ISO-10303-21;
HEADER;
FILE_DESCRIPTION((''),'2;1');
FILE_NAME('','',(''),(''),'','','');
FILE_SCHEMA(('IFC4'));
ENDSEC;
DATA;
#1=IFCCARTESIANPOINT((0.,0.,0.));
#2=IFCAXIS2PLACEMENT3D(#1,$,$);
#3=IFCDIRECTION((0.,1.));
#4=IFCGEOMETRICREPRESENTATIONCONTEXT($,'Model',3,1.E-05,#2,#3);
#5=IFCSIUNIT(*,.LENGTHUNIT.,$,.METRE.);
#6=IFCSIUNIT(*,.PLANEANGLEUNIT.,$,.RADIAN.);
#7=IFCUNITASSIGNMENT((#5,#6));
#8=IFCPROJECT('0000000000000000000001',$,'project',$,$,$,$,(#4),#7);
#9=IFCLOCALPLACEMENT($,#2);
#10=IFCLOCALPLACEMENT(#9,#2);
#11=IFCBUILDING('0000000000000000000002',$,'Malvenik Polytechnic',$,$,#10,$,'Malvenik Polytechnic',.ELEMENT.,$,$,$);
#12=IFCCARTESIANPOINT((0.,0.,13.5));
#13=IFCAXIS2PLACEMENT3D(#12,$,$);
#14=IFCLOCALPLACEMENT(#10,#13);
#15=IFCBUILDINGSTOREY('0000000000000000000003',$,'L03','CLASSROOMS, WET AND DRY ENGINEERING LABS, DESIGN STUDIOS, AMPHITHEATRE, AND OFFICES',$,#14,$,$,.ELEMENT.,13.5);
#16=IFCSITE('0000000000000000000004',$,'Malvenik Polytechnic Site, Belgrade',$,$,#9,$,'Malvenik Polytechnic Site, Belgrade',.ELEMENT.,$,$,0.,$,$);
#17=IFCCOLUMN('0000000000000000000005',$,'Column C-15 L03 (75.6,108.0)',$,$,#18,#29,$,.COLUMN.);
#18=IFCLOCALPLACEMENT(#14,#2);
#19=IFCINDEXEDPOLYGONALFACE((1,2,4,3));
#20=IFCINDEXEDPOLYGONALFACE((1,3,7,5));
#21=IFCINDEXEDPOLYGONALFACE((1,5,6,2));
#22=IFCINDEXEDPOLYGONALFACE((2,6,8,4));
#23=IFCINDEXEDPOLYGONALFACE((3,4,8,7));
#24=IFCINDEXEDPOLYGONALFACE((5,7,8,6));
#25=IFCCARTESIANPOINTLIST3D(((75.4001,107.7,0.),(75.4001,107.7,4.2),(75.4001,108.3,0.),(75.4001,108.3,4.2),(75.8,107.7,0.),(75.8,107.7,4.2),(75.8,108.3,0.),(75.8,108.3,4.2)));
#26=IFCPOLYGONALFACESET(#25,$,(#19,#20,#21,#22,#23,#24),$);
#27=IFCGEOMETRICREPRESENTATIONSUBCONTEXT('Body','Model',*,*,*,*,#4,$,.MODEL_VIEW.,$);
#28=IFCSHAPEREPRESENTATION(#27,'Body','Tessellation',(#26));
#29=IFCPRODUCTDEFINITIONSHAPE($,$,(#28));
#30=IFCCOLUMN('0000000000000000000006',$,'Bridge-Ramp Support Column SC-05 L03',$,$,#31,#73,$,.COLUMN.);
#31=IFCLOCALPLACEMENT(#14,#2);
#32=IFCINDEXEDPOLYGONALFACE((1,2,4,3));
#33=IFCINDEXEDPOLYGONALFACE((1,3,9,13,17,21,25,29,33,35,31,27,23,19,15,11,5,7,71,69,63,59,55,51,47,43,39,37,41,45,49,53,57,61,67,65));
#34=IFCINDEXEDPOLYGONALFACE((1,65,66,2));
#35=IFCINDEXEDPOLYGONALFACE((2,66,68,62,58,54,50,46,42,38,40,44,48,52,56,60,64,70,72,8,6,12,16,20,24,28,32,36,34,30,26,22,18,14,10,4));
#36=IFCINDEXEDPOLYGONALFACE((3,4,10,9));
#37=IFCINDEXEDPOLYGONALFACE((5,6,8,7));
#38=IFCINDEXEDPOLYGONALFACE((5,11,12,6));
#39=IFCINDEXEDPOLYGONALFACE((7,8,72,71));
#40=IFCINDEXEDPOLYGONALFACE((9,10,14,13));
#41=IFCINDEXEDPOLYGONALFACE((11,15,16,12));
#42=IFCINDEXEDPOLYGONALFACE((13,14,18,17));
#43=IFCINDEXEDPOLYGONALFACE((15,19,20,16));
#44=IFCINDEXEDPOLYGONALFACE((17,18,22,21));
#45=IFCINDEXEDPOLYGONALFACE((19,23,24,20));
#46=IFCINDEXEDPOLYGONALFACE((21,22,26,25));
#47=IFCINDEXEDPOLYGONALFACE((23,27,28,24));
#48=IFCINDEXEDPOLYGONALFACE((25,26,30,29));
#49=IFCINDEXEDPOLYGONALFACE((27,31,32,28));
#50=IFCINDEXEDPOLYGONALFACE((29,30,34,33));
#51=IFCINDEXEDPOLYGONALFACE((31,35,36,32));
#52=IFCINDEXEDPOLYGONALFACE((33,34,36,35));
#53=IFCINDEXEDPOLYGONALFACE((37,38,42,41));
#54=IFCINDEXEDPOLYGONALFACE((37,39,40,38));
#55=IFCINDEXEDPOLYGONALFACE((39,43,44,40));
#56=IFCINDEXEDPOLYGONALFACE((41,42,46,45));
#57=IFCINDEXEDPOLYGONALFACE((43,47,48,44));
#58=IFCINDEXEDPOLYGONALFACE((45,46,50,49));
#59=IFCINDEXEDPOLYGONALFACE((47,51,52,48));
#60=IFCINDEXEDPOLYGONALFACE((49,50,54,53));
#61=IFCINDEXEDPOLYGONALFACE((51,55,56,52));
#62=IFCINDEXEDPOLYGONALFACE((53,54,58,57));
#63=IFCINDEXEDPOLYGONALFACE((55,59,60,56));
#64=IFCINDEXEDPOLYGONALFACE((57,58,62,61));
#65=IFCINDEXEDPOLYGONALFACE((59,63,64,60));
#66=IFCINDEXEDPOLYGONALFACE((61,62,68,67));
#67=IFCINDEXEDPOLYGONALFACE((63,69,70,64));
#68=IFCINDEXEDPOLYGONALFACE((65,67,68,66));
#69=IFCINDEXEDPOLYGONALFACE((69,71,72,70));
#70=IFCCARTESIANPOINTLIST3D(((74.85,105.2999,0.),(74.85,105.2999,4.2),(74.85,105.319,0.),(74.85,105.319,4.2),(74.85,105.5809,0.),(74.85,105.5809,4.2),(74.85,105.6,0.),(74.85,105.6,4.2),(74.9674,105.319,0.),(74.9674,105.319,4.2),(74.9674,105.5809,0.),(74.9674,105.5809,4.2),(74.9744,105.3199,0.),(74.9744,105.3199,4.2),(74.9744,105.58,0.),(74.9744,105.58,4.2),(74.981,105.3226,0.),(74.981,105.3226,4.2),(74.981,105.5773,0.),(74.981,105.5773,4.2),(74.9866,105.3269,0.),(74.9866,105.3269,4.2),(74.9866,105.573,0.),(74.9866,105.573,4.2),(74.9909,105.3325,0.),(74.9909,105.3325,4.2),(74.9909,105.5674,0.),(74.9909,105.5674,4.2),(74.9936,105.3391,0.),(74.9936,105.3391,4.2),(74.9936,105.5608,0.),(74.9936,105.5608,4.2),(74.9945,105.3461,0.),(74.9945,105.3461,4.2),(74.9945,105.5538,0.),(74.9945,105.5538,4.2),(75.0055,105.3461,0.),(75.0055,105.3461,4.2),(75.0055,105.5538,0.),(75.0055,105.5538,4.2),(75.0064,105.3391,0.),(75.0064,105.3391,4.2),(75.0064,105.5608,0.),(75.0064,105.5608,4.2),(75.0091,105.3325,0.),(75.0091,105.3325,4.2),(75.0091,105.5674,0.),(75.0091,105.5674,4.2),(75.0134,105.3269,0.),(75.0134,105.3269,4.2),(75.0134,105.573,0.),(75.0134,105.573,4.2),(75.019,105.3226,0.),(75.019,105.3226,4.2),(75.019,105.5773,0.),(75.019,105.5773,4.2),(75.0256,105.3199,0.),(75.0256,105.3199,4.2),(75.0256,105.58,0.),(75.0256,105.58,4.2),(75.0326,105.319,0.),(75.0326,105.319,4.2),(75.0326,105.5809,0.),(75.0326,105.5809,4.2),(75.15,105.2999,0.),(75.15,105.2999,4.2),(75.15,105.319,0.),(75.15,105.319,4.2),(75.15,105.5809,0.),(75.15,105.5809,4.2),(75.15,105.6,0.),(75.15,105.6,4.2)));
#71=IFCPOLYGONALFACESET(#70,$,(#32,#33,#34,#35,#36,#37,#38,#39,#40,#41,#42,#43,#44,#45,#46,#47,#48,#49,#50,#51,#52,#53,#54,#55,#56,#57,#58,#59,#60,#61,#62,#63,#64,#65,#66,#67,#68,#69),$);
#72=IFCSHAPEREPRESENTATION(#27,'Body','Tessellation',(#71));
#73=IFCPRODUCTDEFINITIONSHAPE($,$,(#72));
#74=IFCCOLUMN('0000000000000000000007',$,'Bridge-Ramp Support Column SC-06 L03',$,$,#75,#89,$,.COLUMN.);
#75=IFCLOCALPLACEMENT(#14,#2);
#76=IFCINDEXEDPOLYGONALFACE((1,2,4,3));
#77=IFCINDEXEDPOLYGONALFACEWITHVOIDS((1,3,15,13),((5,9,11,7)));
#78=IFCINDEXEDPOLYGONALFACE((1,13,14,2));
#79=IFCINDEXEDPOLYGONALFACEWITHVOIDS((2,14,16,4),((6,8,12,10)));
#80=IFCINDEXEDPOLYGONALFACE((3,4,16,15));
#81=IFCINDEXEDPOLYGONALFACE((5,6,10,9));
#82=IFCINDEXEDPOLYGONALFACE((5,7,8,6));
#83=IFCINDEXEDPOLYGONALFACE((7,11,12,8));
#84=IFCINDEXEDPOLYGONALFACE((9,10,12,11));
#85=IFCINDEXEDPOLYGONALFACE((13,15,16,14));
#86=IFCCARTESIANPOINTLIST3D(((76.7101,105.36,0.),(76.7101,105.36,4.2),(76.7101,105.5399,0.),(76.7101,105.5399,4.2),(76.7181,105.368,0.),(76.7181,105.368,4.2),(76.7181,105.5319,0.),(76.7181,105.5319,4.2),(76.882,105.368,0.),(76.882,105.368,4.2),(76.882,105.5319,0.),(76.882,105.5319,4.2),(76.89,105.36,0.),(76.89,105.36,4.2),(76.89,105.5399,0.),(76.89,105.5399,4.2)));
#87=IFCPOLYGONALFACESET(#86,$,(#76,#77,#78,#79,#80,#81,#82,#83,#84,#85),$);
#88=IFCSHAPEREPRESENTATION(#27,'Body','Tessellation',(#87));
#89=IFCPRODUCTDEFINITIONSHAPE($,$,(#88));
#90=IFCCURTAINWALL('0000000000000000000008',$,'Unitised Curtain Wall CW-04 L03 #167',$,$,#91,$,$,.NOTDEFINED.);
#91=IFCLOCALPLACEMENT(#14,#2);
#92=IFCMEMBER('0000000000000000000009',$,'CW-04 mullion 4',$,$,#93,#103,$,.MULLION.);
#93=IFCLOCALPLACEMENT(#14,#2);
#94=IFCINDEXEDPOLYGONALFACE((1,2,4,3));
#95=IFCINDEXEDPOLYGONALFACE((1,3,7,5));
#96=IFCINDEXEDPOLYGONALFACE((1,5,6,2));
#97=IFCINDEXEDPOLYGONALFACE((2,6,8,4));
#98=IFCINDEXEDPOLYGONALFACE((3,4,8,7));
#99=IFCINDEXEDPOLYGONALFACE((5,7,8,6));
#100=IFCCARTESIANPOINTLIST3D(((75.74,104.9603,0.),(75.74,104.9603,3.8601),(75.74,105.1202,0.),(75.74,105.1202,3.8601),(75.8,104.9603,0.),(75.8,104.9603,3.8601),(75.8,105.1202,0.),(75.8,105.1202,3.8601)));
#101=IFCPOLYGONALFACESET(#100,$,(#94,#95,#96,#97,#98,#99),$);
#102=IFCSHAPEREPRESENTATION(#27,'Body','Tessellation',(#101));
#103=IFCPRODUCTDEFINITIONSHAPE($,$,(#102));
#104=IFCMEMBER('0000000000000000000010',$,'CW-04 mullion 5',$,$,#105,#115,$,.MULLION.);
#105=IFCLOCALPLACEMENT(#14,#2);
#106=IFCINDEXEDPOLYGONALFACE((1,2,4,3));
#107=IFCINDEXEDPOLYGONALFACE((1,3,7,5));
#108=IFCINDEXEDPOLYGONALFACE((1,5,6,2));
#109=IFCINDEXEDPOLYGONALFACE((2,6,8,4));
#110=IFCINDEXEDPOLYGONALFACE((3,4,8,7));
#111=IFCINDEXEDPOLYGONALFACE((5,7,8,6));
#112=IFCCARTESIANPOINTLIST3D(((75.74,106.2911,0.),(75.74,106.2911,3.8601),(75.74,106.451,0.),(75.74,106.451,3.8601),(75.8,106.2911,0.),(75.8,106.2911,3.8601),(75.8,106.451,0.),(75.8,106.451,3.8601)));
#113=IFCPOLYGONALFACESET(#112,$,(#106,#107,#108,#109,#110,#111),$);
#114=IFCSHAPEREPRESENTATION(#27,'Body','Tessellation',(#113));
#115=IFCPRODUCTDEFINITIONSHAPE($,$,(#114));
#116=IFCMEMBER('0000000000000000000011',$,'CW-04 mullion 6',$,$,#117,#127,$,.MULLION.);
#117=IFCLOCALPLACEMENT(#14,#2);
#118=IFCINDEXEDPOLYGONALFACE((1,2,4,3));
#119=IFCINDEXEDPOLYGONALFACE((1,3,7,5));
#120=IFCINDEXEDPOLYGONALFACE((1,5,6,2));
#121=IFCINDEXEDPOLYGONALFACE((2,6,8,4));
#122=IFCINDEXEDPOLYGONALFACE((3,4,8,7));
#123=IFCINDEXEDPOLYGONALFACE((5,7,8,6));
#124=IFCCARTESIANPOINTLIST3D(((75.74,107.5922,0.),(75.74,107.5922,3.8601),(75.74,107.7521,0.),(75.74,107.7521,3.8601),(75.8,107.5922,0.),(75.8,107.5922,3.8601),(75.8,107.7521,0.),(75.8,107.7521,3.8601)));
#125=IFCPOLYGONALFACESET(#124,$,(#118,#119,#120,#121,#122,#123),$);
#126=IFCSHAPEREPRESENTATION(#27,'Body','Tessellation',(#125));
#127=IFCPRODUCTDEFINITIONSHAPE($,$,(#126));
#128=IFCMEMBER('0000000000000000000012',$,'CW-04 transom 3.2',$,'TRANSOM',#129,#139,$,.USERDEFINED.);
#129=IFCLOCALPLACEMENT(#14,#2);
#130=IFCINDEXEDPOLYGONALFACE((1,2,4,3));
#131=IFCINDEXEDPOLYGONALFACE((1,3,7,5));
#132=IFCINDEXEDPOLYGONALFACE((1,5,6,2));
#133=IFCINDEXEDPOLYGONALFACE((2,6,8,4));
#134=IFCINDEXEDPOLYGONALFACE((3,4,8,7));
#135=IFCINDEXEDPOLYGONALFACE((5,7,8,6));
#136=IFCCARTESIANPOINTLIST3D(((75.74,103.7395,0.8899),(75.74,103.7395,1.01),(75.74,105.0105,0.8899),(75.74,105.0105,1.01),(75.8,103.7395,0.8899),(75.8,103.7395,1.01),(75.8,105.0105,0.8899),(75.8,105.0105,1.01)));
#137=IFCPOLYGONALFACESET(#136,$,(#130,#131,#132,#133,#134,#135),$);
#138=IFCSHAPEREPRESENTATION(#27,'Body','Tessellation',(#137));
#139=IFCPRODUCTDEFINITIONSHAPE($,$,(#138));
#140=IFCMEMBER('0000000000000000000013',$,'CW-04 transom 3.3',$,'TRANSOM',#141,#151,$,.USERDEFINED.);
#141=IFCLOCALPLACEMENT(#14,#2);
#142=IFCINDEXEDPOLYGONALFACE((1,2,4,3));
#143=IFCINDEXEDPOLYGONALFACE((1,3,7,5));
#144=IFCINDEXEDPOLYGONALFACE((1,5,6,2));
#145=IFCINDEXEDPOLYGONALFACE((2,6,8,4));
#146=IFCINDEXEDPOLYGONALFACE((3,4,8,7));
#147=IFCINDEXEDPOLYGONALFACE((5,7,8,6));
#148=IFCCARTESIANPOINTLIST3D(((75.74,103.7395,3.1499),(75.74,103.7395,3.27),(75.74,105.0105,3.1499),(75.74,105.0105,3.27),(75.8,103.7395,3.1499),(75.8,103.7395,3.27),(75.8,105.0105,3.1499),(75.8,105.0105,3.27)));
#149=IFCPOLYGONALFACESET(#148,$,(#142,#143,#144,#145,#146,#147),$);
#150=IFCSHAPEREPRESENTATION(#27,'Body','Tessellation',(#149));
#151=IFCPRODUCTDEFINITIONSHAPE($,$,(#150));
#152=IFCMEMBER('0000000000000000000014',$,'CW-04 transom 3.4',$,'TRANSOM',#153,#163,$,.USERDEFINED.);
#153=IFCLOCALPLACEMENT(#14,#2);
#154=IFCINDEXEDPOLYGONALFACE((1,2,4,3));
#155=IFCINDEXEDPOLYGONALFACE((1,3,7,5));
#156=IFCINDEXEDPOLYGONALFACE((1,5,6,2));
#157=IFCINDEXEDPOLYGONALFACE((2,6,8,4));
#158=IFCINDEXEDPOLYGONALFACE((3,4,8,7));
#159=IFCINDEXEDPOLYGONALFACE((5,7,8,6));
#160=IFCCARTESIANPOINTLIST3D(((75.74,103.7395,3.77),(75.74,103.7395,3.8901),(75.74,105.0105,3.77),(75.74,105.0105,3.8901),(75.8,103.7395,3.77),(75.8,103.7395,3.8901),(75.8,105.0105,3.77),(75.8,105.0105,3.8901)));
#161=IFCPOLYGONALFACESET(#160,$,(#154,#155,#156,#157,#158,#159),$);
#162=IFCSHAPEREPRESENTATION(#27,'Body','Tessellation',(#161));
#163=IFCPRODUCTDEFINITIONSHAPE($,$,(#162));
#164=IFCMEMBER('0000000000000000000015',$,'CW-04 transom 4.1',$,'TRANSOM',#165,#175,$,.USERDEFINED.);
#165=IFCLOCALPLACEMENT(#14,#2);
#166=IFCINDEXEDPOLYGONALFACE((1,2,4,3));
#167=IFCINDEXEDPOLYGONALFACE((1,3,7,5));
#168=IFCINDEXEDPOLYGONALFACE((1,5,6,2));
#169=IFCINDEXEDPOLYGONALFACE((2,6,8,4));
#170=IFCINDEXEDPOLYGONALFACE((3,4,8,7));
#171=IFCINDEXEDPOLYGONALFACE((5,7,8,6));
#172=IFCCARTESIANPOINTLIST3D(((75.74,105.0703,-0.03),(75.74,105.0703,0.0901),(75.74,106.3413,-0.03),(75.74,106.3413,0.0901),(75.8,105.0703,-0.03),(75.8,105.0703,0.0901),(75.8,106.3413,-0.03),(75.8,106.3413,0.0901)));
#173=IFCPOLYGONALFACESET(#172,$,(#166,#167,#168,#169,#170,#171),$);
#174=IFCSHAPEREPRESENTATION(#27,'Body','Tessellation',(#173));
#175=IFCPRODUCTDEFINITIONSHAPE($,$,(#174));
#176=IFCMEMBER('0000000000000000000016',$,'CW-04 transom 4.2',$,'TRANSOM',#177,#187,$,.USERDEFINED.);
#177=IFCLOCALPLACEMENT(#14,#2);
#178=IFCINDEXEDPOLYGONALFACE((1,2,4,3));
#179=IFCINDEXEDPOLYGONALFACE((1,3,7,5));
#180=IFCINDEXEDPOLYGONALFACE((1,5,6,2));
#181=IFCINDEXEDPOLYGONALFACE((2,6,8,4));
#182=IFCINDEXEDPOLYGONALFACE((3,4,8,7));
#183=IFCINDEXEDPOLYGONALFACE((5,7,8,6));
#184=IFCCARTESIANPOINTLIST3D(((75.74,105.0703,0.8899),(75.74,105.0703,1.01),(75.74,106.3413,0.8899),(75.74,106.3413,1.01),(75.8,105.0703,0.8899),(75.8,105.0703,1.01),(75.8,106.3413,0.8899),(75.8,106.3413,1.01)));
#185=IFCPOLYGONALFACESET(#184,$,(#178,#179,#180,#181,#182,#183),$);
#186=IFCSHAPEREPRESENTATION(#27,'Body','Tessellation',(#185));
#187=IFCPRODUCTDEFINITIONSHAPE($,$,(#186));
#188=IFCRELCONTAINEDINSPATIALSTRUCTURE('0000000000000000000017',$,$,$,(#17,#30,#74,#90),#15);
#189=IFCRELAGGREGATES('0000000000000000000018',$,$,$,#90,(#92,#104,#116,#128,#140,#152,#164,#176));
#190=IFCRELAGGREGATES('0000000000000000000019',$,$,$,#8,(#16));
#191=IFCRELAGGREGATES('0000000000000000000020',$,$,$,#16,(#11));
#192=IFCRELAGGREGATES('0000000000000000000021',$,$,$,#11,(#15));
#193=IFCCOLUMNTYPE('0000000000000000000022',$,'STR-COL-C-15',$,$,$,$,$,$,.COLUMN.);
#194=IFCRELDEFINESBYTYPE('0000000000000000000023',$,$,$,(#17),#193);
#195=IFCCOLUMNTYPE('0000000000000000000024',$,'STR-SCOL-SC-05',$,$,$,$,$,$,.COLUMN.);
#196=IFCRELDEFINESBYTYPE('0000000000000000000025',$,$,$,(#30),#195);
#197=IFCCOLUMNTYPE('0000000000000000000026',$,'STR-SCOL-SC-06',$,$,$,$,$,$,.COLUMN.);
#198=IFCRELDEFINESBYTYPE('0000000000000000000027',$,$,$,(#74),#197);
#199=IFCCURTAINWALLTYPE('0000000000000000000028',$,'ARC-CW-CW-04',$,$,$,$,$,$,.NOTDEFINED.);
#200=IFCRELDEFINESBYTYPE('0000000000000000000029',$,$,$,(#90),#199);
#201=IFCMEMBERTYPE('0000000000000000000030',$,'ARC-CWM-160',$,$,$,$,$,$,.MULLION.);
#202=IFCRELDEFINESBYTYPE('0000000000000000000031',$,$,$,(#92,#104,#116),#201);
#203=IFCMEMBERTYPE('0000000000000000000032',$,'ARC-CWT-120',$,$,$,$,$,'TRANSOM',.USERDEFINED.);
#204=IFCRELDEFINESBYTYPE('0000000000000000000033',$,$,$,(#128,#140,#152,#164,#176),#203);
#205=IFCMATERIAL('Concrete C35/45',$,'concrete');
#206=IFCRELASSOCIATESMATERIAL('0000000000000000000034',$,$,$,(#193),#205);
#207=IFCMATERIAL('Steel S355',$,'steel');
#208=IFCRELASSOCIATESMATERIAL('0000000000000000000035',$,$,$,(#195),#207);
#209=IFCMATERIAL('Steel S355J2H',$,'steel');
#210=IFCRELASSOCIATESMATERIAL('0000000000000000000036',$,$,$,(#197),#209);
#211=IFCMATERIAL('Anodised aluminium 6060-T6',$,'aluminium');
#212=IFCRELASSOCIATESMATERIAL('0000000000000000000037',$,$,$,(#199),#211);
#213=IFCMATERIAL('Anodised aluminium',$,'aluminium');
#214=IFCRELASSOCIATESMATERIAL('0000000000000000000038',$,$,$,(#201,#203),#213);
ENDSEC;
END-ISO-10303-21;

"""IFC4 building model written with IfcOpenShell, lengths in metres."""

from ifc_helpers import new_model, si_unit, direction, frame, origin, origin_2d, place, context, subcontext, project, spatial, rectangle, hollow_rectangle, i_section, extrude, material, material_profile, profile_set, type_object, element, aggregate, save


model = new_model("IFC4")

# Units and contexts
model_context = context("Model", 3, precision=1e-05, world=origin(), true_north=direction((0.0, 1.0)))
body_context = subcontext(model_context, "Body", "Model", "MODEL_VIEW")
ifc_project = project(units=[si_unit("LENGTHUNIT", "METRE"), si_unit("PLANEANGLEUNIT", "RADIAN")], contexts=[model_context])

# Site, building, storey
site_placement = place(None, origin())
site = spatial("IfcSite", under=ifc_project, at=site_placement, Name="Malvenik Polytechnic Site, Belgrade", LongName="Malvenik Polytechnic Site, Belgrade", CompositionType="ELEMENT", RefElevation=0.0)
building_placement = place(site_placement, origin())
building = spatial("IfcBuilding", under=site, at=building_placement, Name="Malvenik Polytechnic", LongName="Malvenik Polytechnic", CompositionType="ELEMENT")
storey_placement = place(building_placement, frame((0.0, 0.0, 13.5)))
storey = spatial("IfcBuildingStorey", under=building, at=storey_placement, Name="L03", Description="CLASSROOMS, WET AND DRY ENGINEERING LABS, DESIGN STUDIOS, AMPHITHEATRE, AND OFFICES", CompositionType="ELEMENT", Elevation=13.5)

# Columns
ifc_material_1 = material(Name="Concrete C35/45", Category="concrete")
ifc_material_profile_1 = material_profile(ifc_material_1, rectangle(XDim=0.3999, YDim=0.6001, at=origin_2d()), Name="RC COL 600x400")
ifc_profile_set_1 = profile_set([ifc_material_profile_1], Name="Concrete C35/45")
column_type_1 = type_object("IfcColumnType", Name="STR-COL-C-15", PredefinedType="COLUMN", material=ifc_profile_set_1)
column_1_placement = place(storey_placement, frame((75.6001, 108.0, 0.0), z_axis=(0.0, 0.0, 1.0), x_axis=(1.0, 0.0, 0.0)))
element("IfcColumn", 1, at=column_1_placement, inside=storey, type_object=column_type_1, Name="Column C-15 L03 (75.6,108.0)", PredefinedType="COLUMN", context=body_context, shape_type="SweptSolid", body=[
    extrude(rectangle(XDim=0.3999, YDim=0.6001, at=origin_2d()), origin(), (0.0, 0.0, 1.0), 4.2),
])
ifc_material_2 = material(Name="Steel S355", Category="steel")
ifc_material_profile_2 = material_profile(ifc_material_2, i_section(OverallWidth=0.3, OverallDepth=0.3, WebThickness=0.011, FlangeThickness=0.019, FilletRadius=0.0271, at=origin_2d()), Name="HEB 300")
ifc_profile_set_2 = profile_set([ifc_material_profile_2], Name="Steel S355")
column_type_2 = type_object("IfcColumnType", Name="STR-SCOL-SC-05", PredefinedType="COLUMN", material=ifc_profile_set_2)
column_2_placement = place(storey_placement, frame((75.0, 105.45, 0.0), z_axis=(0.0, 0.0, 1.0), x_axis=(1.0, 0.0, 0.0)))
element("IfcColumn", 2, at=column_2_placement, inside=storey, type_object=column_type_2, Name="Bridge-Ramp Support Column SC-05 L03", PredefinedType="COLUMN", context=body_context, shape_type="SweptSolid", body=[
    extrude(i_section(OverallWidth=0.3, OverallDepth=0.3, WebThickness=0.011, FlangeThickness=0.019, FilletRadius=0.0271, at=origin_2d()), origin(), (0.0, 0.0, 1.0), 4.2),
])
ifc_material_3 = material(Name="Steel S355J2H", Category="steel")
ifc_material_profile_3 = material_profile(ifc_material_3, hollow_rectangle(XDim=0.1799, YDim=0.1799, WallThickness=0.0081, at=origin_2d()), Name="SHS 180x180x8.0")
ifc_profile_set_3 = profile_set([ifc_material_profile_3], Name="Steel S355J2H")
column_type_3 = type_object("IfcColumnType", Name="STR-SCOL-SC-06", PredefinedType="COLUMN", material=ifc_profile_set_3)
column_3_placement = place(storey_placement, frame((76.8, 105.45, 0.0), z_axis=(0.0, 0.0, 1.0), x_axis=(1.0, 0.0, 0.0)))
element("IfcColumn", 3, at=column_3_placement, inside=storey, type_object=column_type_3, Name="Bridge-Ramp Support Column SC-06 L03", PredefinedType="COLUMN", context=body_context, shape_type="SweptSolid", body=[
    extrude(hollow_rectangle(XDim=0.1799, YDim=0.1799, WallThickness=0.0081, at=origin_2d()), origin(), (0.0, 0.0, 1.0), 4.2),
])

# Curtain wall, members
ifc_material_4 = material(Name="Anodised aluminium 6060-T6", Category="aluminium")
curtain_wall_type = type_object("IfcCurtainWallType", Name="ARC-CW-CW-04", PredefinedType="NOTDEFINED", material=ifc_material_4)
curtain_wall_placement = place(storey_placement, origin())
curtain_wall = element("IfcCurtainWall", 4, at=curtain_wall_placement, inside=storey, type_object=curtain_wall_type, Name="Unitised Curtain Wall CW-04 L03 #167", PredefinedType="NOTDEFINED")
ifc_material_5 = material(Name="Anodised aluminium", Category="aluminium")
ifc_material_profile_4 = material_profile(ifc_material_5, rectangle(XDim=0.0601, YDim=0.1599, at=origin_2d()), Name="ALU MULLION 60x160")
ifc_profile_set_4 = profile_set([ifc_material_profile_4], Name="Anodised aluminium")
member_type_1 = type_object("IfcMemberType", Name="ARC-CWM-160", PredefinedType="MULLION", material=ifc_profile_set_4)
member_1_placement = place(storey_placement, frame((75.77, 105.0403, 0.0), z_axis=(0.0, 0.0, 1.0), x_axis=(-1.0, 0.0, 0.0)))
member_1 = element("IfcMember", 5, at=member_1_placement, type_object=member_type_1, Name="CW-04 mullion 4", PredefinedType="MULLION", context=body_context, shape_type="SweptSolid", body=[
    extrude(rectangle(XDim=0.0601, YDim=0.1599, at=origin_2d()), origin(), (0.0, 0.0, 1.0), 3.8601),
])
member_2_placement = place(storey_placement, frame((75.77, 106.3711, 0.0), z_axis=(0.0, 0.0, 1.0), x_axis=(-1.0, 0.0, 0.0)))
member_2 = element("IfcMember", 6, at=member_2_placement, type_object=member_type_1, Name="CW-04 mullion 5", PredefinedType="MULLION", context=body_context, shape_type="SweptSolid", body=[
    extrude(rectangle(XDim=0.0601, YDim=0.1599, at=origin_2d()), origin(), (0.0, 0.0, 1.0), 3.8601),
])
member_3_placement = place(storey_placement, frame((75.77, 107.6721, 0.0), z_axis=(0.0, 0.0, 1.0), x_axis=(-1.0, 0.0, 0.0)))
member_3 = element("IfcMember", 7, at=member_3_placement, type_object=member_type_1, Name="CW-04 mullion 6", PredefinedType="MULLION", context=body_context, shape_type="SweptSolid", body=[
    extrude(rectangle(XDim=0.0601, YDim=0.1599, at=origin_2d()), origin(), (0.0, 0.0, 1.0), 3.8601),
])
ifc_material_profile_5 = material_profile(ifc_material_5, rectangle(XDim=0.0601, YDim=0.1201, at=origin_2d()), Name="ALU TRANSOM 60x120")
ifc_profile_set_5 = profile_set([ifc_material_profile_5], Name="Anodised aluminium")
member_type_2 = type_object("IfcMemberType", Name="ARC-CWT-120", ElementType="TRANSOM", PredefinedType="USERDEFINED", material=ifc_profile_set_5)
member_4_placement = place(storey_placement, frame((75.77, 103.7395, 0.95), z_axis=(0.0, 1.0, 0.0), x_axis=(-1.0, 0.0, 0.0)))
member_4 = element("IfcMember", 8, at=member_4_placement, type_object=member_type_2, Name="CW-04 transom 3.2", ObjectType="TRANSOM", PredefinedType="USERDEFINED", context=body_context, shape_type="SweptSolid", body=[
    extrude(rectangle(XDim=0.0601, YDim=0.1201, at=origin_2d()), origin(), (0.0, 0.0, 1.0), 1.271),
])
member_5_placement = place(storey_placement, frame((75.77, 103.7395, 3.21), z_axis=(0.0, 1.0, 0.0), x_axis=(-1.0, 0.0, 0.0)))
member_5 = element("IfcMember", 9, at=member_5_placement, type_object=member_type_2, Name="CW-04 transom 3.3", ObjectType="TRANSOM", PredefinedType="USERDEFINED", context=body_context, shape_type="SweptSolid", body=[
    extrude(rectangle(XDim=0.0601, YDim=0.1201, at=origin_2d()), origin(), (0.0, 0.0, 1.0), 1.271),
])
member_6_placement = place(storey_placement, frame((75.77, 103.7395, 3.8301), z_axis=(0.0, 1.0, 0.0), x_axis=(-1.0, 0.0, 0.0)))
member_6 = element("IfcMember", 10, at=member_6_placement, type_object=member_type_2, Name="CW-04 transom 3.4", ObjectType="TRANSOM", PredefinedType="USERDEFINED", context=body_context, shape_type="SweptSolid", body=[
    extrude(rectangle(XDim=0.0601, YDim=0.1201, at=origin_2d()), origin(), (0.0, 0.0, 1.0), 1.271),
])
member_7_placement = place(storey_placement, frame((75.77, 105.0703, 0.03), z_axis=(0.0, 1.0, 0.0), x_axis=(-1.0, 0.0, 0.0)))
member_7 = element("IfcMember", 11, at=member_7_placement, type_object=member_type_2, Name="CW-04 transom 4.1", ObjectType="TRANSOM", PredefinedType="USERDEFINED", context=body_context, shape_type="SweptSolid", body=[
    extrude(rectangle(XDim=0.0601, YDim=0.1201, at=origin_2d()), origin(), (0.0, 0.0, 1.0), 1.271),
])
member_8_placement = place(storey_placement, frame((75.77, 105.0703, 0.95), z_axis=(0.0, 1.0, 0.0), x_axis=(-1.0, 0.0, 0.0)))
member_8 = element("IfcMember", 12, at=member_8_placement, type_object=member_type_2, Name="CW-04 transom 4.2", ObjectType="TRANSOM", PredefinedType="USERDEFINED", context=body_context, shape_type="SweptSolid", body=[
    extrude(rectangle(XDim=0.0601, YDim=0.1201, at=origin_2d()), origin(), (0.0, 0.0, 1.0), 1.271),
])
aggregate(curtain_wall, [member_1, member_2, member_3, member_4, member_5, member_6, member_7, member_8])

save(model, "model.ifc")
